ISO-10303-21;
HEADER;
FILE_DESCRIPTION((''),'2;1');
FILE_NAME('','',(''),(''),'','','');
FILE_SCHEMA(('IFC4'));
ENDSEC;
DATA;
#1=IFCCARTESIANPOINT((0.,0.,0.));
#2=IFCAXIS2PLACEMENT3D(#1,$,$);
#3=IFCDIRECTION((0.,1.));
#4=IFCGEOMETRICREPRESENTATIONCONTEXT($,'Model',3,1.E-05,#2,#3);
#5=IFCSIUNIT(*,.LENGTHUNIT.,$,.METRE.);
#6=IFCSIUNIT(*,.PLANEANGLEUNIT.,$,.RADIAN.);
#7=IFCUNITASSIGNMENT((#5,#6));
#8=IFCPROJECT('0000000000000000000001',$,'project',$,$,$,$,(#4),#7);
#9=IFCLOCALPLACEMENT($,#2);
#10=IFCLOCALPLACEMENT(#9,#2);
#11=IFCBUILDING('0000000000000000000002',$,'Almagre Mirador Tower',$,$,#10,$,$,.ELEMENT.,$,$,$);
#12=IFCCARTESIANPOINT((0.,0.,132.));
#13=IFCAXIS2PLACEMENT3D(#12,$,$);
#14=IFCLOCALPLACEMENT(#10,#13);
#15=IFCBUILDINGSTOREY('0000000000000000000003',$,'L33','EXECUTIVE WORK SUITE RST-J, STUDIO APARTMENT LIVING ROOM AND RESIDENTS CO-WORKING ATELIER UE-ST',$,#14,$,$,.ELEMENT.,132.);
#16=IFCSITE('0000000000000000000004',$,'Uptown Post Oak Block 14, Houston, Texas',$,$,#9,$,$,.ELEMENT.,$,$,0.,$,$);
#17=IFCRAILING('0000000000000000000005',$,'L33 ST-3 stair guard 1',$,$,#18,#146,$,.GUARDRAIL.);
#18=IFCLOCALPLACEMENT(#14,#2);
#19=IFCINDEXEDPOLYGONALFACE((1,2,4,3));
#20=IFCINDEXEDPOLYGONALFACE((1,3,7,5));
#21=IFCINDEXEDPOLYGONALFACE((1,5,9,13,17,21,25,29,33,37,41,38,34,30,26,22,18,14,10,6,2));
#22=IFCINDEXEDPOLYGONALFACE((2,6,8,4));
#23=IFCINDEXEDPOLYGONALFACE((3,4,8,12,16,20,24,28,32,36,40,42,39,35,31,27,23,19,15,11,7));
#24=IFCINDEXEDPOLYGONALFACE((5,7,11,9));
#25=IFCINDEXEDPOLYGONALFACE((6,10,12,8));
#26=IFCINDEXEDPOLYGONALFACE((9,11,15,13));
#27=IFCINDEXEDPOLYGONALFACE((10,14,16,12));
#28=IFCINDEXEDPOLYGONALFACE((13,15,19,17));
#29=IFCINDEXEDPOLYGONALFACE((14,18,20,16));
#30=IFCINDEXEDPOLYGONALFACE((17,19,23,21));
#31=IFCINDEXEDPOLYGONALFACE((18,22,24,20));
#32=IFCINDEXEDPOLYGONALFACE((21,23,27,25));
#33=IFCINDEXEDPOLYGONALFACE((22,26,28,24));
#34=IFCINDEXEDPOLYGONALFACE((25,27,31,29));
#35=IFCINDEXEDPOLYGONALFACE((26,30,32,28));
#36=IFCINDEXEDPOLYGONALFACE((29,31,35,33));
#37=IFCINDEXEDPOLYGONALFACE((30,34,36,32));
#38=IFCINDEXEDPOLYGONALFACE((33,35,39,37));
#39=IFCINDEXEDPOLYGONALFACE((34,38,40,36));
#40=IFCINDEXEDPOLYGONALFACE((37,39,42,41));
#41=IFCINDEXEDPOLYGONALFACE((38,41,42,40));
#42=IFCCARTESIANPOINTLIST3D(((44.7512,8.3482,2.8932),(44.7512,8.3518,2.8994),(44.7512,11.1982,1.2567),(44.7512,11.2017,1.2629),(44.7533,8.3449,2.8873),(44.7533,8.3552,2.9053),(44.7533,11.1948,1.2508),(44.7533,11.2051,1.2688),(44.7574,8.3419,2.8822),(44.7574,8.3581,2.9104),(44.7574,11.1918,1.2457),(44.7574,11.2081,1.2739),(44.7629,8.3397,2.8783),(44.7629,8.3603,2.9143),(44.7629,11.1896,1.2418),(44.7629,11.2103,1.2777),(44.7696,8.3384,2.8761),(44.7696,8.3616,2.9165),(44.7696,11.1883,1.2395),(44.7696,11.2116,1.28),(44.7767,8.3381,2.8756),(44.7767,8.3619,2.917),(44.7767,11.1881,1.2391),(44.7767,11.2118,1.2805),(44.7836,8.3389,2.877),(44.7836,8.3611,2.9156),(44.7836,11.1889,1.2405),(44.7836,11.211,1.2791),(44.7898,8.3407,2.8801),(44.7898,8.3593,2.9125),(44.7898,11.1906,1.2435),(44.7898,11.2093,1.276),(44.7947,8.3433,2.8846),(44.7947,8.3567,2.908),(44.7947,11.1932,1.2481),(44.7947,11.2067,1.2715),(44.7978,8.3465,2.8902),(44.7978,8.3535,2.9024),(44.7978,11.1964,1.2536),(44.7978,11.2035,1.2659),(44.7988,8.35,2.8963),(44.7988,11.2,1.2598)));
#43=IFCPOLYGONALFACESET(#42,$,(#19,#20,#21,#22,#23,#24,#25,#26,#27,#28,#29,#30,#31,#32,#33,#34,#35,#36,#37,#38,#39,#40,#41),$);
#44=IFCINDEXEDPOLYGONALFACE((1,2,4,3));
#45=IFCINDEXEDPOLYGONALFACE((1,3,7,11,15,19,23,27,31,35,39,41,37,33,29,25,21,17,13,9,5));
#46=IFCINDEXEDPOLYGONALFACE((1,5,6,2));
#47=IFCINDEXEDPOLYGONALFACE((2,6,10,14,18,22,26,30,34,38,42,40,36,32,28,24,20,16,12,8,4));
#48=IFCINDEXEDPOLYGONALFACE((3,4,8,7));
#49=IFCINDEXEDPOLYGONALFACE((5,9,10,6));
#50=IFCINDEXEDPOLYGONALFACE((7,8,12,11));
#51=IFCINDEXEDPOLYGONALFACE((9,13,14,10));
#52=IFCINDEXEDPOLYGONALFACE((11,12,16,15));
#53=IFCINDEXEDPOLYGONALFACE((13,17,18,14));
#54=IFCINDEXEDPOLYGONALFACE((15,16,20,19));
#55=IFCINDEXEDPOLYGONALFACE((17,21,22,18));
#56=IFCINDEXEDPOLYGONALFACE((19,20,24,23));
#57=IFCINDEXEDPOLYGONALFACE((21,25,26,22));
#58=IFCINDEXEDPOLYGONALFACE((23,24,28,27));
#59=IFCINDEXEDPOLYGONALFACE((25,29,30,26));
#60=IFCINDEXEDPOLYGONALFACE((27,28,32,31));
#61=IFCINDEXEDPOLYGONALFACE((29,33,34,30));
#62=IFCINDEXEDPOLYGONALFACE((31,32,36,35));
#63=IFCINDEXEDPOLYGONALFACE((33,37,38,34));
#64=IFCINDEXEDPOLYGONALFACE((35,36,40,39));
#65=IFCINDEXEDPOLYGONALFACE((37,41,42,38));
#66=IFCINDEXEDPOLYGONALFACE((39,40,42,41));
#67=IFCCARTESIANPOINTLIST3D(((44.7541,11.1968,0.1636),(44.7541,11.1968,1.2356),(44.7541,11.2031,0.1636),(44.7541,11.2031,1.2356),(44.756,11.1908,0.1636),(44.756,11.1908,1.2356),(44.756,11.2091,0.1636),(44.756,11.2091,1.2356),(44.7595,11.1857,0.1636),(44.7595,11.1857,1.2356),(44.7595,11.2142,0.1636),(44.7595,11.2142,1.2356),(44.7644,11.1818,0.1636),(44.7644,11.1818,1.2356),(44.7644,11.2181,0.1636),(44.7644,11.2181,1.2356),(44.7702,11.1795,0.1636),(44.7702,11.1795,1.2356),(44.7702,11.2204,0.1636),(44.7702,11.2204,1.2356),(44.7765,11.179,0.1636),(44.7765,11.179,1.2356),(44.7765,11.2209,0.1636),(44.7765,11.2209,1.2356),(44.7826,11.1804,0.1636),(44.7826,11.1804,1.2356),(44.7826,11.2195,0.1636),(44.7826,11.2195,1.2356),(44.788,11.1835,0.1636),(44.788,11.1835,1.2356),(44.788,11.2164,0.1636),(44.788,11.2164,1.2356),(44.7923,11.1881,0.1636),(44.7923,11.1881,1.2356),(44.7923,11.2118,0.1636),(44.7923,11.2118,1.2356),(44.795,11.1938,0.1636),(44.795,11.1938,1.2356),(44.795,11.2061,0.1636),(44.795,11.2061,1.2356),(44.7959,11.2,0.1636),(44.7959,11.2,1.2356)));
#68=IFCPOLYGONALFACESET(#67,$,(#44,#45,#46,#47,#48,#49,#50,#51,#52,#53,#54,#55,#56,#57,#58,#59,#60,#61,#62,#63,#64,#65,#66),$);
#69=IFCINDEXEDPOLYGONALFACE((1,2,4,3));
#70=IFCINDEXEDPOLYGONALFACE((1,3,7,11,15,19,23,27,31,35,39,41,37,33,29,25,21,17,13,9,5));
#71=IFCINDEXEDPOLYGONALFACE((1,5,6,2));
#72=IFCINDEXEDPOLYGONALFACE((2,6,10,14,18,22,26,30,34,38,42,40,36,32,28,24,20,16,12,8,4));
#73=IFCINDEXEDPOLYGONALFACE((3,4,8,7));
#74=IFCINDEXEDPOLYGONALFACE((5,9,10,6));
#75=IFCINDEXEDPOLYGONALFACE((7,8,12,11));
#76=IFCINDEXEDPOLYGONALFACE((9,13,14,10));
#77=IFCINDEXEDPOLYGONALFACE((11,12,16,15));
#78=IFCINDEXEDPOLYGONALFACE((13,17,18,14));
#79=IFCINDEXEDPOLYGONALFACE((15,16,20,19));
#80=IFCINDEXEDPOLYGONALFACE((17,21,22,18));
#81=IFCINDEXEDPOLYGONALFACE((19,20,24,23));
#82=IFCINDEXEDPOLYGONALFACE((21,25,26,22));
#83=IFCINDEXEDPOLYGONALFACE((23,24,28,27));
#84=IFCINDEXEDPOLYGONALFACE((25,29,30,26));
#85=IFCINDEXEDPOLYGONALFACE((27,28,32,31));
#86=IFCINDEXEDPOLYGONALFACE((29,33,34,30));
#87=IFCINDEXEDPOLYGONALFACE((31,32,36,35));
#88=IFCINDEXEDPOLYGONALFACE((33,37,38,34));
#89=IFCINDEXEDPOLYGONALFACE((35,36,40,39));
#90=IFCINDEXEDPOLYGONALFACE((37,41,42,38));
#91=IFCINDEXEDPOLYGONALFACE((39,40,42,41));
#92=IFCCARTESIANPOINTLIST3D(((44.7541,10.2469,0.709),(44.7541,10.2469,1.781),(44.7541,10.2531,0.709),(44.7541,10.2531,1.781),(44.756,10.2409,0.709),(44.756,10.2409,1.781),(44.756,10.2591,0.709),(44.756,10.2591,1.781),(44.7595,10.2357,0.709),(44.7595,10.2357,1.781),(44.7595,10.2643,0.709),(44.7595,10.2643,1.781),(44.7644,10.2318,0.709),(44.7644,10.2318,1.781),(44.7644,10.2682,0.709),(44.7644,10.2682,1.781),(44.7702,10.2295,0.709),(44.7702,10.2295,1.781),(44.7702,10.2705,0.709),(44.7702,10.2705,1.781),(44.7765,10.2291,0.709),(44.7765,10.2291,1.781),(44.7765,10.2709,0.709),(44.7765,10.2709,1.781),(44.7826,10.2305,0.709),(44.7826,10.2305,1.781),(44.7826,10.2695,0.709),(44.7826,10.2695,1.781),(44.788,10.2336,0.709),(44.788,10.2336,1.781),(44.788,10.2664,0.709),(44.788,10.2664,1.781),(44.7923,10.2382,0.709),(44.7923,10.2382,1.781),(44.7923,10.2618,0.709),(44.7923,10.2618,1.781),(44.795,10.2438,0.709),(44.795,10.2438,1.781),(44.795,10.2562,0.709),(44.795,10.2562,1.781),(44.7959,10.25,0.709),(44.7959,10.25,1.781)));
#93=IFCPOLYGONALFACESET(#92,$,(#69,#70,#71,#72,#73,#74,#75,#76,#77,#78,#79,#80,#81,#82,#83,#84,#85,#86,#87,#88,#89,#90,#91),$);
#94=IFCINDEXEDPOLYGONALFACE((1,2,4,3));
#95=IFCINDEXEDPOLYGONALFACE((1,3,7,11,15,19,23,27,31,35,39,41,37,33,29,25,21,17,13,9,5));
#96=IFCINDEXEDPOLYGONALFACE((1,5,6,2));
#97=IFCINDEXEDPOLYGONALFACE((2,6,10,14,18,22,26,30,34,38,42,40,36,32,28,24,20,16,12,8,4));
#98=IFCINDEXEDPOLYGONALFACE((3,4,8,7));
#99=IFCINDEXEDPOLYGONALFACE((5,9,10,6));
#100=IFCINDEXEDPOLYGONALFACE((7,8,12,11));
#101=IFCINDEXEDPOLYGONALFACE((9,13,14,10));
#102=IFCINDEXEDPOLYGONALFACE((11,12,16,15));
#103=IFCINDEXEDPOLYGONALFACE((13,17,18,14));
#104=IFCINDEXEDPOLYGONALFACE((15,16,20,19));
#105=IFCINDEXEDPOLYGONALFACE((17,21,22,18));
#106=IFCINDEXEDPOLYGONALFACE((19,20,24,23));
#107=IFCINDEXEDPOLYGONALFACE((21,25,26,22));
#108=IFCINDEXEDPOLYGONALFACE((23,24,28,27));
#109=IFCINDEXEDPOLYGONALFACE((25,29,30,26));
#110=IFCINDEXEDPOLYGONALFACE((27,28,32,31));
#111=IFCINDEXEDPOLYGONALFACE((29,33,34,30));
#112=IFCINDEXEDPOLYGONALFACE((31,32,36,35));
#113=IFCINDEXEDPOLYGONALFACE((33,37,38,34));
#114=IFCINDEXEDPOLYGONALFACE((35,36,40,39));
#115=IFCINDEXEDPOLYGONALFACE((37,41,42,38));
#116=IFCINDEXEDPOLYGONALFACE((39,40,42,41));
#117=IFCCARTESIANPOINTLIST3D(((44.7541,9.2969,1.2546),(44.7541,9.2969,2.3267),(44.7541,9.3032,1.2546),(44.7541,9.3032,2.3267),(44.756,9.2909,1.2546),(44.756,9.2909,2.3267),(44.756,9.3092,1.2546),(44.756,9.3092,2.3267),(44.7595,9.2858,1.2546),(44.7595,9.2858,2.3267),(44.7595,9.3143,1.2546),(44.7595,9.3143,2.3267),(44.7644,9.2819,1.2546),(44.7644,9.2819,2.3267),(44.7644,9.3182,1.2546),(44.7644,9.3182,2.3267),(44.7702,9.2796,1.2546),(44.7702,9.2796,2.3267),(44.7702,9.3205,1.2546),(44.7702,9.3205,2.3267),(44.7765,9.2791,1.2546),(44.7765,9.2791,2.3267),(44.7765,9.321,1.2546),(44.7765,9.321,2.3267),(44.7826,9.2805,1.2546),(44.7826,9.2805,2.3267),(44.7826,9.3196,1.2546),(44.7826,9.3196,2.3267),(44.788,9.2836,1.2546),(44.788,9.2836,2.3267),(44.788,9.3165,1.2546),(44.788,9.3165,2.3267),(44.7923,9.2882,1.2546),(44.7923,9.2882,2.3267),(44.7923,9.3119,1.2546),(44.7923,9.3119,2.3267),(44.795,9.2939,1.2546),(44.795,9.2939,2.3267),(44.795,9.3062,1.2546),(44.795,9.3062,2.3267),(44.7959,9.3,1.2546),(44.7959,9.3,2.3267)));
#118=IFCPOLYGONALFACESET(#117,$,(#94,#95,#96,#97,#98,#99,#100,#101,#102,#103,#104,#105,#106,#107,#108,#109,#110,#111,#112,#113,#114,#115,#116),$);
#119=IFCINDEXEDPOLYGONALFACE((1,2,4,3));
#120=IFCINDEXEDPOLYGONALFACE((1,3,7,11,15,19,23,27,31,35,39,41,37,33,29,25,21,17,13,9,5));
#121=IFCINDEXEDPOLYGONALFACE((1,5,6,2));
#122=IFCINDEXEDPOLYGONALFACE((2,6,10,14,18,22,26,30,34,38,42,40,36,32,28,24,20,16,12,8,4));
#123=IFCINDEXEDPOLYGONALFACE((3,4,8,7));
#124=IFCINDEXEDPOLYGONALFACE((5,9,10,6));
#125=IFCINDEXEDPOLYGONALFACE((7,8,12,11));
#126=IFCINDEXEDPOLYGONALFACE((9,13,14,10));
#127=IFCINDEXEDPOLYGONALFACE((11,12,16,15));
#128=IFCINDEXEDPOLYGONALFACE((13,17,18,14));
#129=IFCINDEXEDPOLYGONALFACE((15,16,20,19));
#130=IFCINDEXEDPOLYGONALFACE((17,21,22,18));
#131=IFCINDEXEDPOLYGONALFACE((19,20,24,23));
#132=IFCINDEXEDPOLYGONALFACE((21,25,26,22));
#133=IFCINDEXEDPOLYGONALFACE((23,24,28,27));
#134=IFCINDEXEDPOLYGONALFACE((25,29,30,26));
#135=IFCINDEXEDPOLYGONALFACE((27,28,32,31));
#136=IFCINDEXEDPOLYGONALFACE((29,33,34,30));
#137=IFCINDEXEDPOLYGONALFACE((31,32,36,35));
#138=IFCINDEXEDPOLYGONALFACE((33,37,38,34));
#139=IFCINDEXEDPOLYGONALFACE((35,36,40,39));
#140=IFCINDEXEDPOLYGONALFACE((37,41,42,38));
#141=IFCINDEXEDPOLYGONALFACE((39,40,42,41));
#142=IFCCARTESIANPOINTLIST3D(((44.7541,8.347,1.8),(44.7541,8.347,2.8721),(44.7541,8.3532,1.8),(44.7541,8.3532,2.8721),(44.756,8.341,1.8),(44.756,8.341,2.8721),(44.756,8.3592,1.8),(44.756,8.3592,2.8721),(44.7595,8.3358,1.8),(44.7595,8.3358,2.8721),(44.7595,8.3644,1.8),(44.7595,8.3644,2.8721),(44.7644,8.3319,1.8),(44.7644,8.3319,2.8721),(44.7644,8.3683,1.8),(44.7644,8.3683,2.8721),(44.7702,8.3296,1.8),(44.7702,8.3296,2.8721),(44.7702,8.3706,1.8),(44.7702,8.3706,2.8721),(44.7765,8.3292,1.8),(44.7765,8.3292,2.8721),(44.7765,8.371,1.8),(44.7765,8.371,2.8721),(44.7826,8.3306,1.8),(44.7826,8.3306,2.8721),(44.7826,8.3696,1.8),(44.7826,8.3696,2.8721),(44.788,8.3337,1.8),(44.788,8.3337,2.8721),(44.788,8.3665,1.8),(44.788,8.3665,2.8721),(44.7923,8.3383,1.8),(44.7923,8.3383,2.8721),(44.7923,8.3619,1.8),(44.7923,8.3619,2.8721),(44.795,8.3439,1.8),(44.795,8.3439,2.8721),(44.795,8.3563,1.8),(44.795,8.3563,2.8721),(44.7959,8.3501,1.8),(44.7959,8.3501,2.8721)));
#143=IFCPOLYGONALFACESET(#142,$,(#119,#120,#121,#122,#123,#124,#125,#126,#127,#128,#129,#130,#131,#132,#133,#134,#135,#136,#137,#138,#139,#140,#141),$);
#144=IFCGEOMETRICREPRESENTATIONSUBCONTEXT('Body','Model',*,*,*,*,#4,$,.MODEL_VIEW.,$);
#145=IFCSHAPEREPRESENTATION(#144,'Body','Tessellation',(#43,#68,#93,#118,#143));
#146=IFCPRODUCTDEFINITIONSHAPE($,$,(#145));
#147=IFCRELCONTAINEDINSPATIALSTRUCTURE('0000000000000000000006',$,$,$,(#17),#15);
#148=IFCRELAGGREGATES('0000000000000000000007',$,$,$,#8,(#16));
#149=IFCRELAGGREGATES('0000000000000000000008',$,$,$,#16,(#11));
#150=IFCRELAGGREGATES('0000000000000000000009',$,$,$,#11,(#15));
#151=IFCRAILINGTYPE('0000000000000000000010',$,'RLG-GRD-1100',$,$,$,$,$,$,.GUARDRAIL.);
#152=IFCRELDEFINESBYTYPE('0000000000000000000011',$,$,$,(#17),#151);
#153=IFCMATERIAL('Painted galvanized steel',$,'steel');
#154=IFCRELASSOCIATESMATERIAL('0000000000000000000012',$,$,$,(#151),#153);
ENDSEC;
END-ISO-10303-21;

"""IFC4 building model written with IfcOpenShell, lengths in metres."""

from ifc_helpers import new_model, si_unit, direction, frame, origin, origin_2d, place, context, subcontext, project, spatial, circle, extrude, material, type_object, element, save


model = new_model("IFC4")

# Units and contexts
model_context = context("Model", 3, precision=1e-05, world=origin(), true_north=direction((0.0, 1.0)))
body_context = subcontext(model_context, "Body", "Model", "MODEL_VIEW")
ifc_project = project(units=[si_unit("LENGTHUNIT", "METRE"), si_unit("PLANEANGLEUNIT", "RADIAN")], contexts=[model_context])

# Site, building, storey
site_placement = place(None, origin())
site = spatial("IfcSite", under=ifc_project, at=site_placement, Name="Uptown Post Oak Block 14, Houston, Texas", CompositionType="ELEMENT", RefElevation=0.0)
building_placement = place(site_placement, origin())
building = spatial("IfcBuilding", under=site, at=building_placement, Name="Almagre Mirador Tower", CompositionType="ELEMENT")
storey_placement = place(building_placement, frame((0.0, 0.0, 132.0)))
storey = spatial("IfcBuildingStorey", under=building, at=storey_placement, Name="L33", Description="EXECUTIVE WORK SUITE RST-J, STUDIO APARTMENT LIVING ROOM AND RESIDENTS CO-WORKING ATELIER UE-ST", CompositionType="ELEMENT", Elevation=132.0)

# Railing
ifc_material_1 = material(Name="Painted galvanized steel", Category="steel")
railing_type_1 = type_object("IfcRailingType", Name="RLG-GRD-1100", PredefinedType="GUARDRAIL", material=ifc_material_1)
railing_1_placement = place(storey_placement, frame((44.7749, 11.2, 0.1636)))
element("IfcRailing", 1, at=railing_1_placement, inside=storey, type_object=railing_type_1, Name="L33 ST-3 stair guard 1", PredefinedType="GUARDRAIL", context=body_context, shape_type="SweptSolid", body=[
    extrude(circle(Radius=0.0239, at=origin_2d()), frame((0.0, 0.0, 1.0962), z_axis=(0.0, -0.867194, 0.49797), x_axis=(1.0, 0.0, 0.0)), (0.0, 0.0, 1.0), 3.2864),
    extrude(circle(Radius=0.021, at=origin_2d()), origin(), (0.0, 0.0, 1.0), 1.072),
    extrude(circle(Radius=0.021, at=origin_2d()), frame((0.0, -0.95, 0.5454)), (0.0, 0.0, 1.0), 1.072),
    extrude(circle(Radius=0.021, at=origin_2d()), frame((0.0, -1.8999, 1.0911)), (0.0, 0.0, 1.0), 1.072),
    extrude(circle(Radius=0.021, at=origin_2d()), frame((0.0, -2.8499, 1.6365)), (0.0, 0.0, 1.0), 1.072),
])

save(model, "model.ifc")
